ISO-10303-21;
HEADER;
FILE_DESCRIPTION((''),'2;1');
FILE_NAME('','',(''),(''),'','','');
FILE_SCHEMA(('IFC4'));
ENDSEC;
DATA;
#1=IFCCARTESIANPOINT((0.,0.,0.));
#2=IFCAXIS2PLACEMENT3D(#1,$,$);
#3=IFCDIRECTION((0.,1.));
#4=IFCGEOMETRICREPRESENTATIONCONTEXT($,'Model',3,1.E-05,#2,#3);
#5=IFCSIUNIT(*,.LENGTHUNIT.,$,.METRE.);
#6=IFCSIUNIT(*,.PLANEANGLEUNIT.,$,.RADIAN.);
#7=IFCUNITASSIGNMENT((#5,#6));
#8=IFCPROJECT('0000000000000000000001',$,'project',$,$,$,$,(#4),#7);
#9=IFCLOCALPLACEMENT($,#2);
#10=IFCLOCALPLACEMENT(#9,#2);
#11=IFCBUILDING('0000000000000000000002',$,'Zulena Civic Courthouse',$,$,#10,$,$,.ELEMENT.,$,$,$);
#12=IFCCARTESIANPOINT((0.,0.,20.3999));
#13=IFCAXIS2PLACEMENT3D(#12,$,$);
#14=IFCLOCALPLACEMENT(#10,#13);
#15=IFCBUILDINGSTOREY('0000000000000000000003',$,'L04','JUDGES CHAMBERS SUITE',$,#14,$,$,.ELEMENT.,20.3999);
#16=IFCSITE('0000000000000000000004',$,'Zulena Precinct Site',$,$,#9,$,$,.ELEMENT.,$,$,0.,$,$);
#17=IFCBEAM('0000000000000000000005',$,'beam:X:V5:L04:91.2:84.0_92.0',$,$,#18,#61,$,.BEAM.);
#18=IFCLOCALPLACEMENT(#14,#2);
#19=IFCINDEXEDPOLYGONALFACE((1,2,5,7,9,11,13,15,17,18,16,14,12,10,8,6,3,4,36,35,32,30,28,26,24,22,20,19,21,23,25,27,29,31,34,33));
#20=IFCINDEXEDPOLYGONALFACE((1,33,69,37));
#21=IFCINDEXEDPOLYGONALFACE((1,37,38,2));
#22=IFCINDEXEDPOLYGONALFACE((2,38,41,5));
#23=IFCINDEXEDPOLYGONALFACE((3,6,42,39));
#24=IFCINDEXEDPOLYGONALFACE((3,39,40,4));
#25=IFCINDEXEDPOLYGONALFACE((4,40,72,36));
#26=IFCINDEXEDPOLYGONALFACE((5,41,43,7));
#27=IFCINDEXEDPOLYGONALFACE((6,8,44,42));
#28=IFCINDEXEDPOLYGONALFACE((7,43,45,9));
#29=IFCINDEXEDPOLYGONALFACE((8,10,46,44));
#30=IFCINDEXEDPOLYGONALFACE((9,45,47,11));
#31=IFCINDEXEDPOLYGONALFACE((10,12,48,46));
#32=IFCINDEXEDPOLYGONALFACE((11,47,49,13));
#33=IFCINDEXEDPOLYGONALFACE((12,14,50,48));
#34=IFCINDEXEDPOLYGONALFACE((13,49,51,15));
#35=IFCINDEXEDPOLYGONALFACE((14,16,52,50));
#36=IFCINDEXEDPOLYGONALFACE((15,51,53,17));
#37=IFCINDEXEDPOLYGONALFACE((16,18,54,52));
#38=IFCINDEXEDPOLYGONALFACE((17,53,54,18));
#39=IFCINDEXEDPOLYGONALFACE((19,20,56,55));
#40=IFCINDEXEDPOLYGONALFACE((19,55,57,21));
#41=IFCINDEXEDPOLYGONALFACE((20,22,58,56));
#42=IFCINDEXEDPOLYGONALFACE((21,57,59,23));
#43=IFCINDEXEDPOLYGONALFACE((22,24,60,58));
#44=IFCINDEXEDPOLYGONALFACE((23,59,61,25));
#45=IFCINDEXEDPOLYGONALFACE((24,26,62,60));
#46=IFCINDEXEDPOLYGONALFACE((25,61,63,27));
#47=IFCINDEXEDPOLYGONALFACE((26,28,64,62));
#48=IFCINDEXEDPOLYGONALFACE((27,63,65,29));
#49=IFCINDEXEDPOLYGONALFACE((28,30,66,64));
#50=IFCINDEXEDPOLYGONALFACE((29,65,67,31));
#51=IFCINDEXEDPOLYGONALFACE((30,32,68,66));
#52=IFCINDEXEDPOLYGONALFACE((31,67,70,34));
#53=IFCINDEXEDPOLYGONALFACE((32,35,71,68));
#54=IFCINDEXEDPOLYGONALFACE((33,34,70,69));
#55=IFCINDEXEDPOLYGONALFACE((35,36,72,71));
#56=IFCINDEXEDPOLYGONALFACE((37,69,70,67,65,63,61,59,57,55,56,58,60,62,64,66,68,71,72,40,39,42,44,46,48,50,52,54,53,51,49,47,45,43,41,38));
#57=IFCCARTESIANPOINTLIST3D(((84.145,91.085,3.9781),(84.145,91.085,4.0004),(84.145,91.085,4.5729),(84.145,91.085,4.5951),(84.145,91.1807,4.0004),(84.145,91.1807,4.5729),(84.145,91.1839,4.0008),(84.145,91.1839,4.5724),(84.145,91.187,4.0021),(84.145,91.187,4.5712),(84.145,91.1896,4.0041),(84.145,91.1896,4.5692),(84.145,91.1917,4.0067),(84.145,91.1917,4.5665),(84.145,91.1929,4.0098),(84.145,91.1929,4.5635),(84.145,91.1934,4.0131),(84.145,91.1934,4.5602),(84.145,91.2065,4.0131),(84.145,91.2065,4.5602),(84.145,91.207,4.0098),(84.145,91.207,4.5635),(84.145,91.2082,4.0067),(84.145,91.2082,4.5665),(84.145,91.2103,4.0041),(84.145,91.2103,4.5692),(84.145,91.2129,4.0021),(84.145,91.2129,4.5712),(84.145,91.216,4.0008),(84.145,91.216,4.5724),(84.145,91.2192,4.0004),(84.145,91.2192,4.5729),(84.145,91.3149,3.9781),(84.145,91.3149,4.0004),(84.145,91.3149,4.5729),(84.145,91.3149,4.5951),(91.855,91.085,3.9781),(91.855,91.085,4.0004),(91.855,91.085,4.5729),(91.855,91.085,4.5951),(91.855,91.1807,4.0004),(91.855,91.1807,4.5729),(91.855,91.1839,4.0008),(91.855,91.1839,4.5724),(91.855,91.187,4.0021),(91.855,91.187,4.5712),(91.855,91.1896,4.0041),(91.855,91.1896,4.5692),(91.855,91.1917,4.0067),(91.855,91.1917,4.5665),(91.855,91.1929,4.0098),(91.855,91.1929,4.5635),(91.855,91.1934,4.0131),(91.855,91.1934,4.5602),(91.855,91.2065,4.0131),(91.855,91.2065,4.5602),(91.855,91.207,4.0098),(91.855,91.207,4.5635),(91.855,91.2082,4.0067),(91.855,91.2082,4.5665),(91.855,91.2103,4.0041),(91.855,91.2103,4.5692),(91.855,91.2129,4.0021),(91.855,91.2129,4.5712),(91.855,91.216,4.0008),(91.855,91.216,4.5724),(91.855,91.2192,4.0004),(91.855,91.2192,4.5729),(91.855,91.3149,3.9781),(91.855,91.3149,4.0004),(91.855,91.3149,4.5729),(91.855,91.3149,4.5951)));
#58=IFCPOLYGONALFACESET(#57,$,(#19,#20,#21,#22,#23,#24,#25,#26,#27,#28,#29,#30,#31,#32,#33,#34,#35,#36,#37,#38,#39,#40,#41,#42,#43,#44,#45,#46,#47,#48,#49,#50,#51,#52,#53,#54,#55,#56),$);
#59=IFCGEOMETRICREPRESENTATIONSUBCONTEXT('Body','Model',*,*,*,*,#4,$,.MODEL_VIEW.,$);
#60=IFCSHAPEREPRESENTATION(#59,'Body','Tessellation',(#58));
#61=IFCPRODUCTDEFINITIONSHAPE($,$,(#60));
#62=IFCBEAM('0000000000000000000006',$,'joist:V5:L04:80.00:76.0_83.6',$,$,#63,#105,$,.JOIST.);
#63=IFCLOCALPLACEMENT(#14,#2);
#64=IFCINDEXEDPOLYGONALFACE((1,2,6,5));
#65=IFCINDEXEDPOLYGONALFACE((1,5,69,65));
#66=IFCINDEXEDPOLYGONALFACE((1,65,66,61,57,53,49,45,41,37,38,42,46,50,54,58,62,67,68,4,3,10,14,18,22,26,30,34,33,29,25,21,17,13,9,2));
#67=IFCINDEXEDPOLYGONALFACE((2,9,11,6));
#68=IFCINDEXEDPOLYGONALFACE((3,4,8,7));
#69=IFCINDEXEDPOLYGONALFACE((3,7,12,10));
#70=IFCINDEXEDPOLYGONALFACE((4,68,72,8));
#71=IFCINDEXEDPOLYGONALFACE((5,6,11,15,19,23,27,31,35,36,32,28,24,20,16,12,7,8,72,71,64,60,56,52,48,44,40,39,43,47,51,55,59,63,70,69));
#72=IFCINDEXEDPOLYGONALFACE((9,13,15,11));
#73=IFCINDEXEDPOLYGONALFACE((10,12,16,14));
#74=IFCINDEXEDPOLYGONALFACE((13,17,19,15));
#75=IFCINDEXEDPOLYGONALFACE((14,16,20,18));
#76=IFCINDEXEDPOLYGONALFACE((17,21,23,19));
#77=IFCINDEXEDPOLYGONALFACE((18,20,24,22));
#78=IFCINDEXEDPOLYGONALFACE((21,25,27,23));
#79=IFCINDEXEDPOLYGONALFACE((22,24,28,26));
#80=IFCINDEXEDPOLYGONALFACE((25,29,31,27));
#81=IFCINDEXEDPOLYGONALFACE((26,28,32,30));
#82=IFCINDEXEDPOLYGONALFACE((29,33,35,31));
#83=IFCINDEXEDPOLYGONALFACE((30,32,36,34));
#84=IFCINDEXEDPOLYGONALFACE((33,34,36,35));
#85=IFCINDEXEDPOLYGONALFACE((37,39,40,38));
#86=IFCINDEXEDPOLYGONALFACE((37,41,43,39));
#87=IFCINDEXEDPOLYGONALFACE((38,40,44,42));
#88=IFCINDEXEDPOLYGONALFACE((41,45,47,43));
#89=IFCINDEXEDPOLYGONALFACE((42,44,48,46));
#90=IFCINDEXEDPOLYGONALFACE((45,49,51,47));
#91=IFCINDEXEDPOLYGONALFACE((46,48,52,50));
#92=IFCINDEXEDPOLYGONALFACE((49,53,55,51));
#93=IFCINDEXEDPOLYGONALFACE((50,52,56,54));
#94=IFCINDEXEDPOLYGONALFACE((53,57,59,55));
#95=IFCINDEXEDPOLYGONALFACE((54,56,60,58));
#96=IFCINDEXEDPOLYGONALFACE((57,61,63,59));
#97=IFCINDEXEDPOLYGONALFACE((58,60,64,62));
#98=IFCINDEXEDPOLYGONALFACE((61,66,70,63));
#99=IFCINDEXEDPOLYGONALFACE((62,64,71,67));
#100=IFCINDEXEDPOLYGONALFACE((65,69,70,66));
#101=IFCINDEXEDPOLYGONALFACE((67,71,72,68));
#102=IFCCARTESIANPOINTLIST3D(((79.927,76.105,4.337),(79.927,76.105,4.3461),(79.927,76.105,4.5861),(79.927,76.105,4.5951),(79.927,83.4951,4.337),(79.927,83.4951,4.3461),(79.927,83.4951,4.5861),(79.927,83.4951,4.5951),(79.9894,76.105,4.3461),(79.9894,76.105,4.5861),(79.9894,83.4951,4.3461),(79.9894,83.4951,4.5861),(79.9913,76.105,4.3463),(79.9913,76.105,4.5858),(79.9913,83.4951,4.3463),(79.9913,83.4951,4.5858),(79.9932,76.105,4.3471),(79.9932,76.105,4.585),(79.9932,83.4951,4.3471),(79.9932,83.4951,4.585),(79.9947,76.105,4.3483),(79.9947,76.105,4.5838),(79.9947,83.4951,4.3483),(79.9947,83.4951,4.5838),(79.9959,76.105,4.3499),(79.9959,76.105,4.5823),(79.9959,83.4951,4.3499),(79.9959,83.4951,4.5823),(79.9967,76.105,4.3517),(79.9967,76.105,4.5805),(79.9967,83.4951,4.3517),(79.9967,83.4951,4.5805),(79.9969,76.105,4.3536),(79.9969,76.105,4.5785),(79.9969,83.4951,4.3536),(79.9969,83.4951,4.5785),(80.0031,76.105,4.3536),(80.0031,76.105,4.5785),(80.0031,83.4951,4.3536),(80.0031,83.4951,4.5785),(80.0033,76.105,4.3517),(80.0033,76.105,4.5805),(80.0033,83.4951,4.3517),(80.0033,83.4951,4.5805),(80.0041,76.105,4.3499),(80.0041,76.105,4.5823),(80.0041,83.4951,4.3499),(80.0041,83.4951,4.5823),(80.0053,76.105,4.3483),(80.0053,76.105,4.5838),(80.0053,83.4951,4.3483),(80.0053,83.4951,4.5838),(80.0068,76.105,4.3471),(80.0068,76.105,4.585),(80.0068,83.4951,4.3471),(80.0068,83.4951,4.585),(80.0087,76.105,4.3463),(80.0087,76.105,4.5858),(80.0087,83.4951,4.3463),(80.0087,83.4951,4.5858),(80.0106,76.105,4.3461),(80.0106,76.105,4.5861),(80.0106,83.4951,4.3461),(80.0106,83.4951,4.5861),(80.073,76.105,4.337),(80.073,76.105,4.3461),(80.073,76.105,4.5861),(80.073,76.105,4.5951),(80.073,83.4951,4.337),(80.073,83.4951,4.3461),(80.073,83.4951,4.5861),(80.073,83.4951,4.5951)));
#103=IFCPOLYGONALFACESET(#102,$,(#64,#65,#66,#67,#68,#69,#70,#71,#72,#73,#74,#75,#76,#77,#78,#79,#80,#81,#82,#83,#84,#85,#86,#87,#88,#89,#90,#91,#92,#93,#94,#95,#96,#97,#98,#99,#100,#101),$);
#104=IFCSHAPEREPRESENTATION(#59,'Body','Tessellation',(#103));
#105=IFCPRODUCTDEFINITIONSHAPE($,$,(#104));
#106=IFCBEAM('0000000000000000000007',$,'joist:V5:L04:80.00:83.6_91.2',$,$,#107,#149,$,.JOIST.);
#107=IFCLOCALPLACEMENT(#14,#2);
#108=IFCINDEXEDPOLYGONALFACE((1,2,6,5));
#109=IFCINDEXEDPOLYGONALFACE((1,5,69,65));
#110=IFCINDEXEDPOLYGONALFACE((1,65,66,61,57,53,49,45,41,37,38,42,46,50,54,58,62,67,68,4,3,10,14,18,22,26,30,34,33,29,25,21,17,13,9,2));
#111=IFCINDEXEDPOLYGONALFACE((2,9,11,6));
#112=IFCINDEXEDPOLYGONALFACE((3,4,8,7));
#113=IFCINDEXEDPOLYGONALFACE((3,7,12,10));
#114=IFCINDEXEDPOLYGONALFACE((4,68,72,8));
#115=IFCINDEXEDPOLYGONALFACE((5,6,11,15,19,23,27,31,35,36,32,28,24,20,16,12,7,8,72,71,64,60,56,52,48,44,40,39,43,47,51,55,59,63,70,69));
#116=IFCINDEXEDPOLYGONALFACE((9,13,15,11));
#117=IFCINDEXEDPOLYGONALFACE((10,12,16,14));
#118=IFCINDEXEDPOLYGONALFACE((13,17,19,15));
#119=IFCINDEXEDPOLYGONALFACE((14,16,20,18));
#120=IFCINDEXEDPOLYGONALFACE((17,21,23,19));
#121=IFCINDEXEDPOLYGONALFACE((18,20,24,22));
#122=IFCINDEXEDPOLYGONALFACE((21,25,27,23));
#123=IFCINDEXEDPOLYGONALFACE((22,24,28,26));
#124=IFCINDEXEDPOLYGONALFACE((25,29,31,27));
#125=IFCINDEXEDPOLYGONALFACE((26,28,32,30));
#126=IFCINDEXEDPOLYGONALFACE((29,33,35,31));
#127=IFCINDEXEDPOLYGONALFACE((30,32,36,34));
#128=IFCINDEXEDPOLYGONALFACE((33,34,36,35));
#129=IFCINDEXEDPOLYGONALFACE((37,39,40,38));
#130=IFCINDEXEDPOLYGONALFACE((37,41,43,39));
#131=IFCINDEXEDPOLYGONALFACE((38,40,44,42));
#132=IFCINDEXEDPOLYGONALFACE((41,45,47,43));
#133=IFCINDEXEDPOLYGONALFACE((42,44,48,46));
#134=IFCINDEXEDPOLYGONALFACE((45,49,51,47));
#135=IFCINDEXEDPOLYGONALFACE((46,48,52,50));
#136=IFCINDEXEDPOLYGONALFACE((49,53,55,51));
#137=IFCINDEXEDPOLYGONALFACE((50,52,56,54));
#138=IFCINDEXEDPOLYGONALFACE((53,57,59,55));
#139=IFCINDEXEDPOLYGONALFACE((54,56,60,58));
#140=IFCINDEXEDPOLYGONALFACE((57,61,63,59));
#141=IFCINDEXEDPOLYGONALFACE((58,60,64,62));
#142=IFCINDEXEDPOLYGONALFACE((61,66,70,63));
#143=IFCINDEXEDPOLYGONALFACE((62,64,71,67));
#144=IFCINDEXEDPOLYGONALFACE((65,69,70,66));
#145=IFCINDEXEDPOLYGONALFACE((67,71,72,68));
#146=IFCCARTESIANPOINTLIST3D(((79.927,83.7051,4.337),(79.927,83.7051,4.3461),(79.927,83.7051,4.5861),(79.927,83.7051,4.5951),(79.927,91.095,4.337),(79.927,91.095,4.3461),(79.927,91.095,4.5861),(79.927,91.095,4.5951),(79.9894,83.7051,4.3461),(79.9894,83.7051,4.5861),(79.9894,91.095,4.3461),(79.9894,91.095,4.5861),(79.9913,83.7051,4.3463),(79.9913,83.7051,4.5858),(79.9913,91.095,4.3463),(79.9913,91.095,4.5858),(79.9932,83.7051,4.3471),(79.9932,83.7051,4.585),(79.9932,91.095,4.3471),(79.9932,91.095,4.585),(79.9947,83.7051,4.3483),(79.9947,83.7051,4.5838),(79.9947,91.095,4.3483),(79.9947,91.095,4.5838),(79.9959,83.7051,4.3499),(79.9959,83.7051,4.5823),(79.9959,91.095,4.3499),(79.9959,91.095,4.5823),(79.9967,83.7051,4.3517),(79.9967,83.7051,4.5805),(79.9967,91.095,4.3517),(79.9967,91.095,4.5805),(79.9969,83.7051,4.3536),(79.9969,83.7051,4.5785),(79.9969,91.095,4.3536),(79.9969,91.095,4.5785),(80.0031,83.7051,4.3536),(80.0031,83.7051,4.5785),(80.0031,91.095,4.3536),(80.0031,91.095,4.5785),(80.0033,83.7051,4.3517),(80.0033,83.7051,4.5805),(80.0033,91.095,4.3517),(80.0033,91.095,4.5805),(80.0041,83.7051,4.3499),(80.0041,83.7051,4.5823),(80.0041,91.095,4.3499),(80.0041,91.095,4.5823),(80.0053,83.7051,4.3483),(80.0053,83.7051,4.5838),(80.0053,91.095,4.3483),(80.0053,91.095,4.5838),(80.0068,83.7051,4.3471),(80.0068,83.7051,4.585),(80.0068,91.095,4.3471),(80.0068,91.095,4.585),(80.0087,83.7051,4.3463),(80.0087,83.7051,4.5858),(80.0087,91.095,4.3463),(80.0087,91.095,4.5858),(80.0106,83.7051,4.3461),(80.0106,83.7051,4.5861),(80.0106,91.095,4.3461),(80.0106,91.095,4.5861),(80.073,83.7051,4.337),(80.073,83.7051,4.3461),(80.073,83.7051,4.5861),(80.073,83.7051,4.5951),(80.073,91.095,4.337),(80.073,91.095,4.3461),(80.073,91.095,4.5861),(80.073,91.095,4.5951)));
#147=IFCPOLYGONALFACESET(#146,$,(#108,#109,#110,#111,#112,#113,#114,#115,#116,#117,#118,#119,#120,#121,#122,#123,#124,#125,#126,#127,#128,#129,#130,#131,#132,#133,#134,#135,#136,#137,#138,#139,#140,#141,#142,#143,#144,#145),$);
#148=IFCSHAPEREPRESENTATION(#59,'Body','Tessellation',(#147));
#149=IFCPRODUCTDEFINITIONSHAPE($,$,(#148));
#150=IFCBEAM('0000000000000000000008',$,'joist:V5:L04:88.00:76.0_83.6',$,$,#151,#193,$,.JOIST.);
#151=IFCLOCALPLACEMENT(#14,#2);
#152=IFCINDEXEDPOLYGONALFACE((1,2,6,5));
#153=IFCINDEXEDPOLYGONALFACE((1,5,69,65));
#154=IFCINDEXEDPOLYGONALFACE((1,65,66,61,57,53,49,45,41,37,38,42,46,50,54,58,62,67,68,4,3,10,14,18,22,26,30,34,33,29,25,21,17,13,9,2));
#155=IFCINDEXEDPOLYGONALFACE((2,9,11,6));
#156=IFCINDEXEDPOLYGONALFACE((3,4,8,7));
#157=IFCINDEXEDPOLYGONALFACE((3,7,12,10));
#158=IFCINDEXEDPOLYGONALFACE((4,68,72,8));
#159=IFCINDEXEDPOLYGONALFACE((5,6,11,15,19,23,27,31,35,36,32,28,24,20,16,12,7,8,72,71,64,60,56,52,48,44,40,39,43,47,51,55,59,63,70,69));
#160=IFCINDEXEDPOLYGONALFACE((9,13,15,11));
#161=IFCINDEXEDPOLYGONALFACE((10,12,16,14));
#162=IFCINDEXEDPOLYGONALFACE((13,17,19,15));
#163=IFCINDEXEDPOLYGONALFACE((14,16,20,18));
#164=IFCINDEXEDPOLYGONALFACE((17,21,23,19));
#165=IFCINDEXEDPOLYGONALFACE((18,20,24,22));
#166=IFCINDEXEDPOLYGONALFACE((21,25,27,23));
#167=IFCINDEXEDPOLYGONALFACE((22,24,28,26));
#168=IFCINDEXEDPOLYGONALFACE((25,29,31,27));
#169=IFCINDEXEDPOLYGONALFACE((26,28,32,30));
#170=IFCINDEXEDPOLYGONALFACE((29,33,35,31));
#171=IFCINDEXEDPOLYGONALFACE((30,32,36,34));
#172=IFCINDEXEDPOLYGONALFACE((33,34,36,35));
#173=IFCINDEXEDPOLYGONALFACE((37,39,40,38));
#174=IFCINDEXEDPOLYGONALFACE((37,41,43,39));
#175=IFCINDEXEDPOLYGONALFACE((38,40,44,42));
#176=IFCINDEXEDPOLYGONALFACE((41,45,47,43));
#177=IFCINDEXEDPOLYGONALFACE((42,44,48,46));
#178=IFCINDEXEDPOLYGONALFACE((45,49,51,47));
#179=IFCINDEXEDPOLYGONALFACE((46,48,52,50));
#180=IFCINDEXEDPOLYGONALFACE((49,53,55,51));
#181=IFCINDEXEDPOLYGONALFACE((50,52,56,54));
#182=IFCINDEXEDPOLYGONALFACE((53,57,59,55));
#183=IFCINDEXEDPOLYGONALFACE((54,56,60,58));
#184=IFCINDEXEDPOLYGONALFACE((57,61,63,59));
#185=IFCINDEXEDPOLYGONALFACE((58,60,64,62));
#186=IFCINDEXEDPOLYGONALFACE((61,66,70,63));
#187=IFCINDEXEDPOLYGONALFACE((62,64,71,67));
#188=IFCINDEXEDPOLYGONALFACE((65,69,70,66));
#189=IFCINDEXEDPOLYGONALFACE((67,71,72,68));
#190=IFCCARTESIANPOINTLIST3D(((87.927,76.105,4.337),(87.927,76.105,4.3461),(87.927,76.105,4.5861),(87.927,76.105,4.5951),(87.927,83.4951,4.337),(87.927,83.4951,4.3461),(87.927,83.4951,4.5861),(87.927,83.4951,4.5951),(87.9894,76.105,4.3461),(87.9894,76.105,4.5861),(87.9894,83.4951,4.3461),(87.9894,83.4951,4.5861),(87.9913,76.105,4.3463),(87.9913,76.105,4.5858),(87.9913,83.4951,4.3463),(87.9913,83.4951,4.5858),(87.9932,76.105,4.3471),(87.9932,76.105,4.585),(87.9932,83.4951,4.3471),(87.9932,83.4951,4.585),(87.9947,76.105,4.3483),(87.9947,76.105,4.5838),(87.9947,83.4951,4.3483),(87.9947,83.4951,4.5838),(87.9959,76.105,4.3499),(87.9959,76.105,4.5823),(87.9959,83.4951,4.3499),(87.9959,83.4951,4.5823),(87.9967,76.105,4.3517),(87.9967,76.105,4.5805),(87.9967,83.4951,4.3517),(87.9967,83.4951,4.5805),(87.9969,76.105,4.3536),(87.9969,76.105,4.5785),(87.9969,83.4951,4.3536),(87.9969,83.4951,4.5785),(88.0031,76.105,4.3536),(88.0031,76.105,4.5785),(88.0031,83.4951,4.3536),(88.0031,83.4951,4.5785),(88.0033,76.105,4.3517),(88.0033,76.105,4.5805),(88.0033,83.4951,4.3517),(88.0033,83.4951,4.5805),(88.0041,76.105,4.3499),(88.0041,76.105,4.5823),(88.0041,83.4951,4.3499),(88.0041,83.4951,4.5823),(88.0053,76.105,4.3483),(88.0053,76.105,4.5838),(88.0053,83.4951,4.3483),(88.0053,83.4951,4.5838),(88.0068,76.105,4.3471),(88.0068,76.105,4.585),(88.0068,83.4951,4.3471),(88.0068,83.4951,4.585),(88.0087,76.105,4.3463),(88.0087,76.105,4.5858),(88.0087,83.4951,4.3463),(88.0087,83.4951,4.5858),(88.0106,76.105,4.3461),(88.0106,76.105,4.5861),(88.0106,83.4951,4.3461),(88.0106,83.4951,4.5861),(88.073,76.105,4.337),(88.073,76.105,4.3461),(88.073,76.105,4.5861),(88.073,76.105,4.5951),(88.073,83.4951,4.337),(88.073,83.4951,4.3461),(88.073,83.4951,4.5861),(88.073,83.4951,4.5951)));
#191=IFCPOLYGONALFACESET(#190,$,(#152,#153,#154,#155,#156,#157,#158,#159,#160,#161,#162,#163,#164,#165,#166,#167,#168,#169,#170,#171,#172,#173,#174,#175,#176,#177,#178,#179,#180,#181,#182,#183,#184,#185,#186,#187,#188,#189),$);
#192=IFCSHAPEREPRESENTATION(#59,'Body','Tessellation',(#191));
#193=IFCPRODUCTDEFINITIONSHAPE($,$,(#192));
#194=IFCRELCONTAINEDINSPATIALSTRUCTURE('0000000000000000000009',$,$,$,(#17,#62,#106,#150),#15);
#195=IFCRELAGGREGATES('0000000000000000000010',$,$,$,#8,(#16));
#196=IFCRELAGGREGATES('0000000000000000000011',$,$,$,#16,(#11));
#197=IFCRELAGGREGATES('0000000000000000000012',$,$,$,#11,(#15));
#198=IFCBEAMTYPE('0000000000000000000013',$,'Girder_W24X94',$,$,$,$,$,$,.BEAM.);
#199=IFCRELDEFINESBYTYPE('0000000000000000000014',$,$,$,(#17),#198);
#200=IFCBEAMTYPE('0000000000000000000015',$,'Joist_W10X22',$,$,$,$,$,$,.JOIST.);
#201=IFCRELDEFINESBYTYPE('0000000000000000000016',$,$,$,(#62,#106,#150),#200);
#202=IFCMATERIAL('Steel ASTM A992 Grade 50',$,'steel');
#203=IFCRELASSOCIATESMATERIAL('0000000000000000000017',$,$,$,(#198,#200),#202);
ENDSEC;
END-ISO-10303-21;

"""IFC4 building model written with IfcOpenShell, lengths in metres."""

from ifc_helpers import new_model, si_unit, direction, frame, origin, origin_2d, place, context, subcontext, project, spatial, i_section, extrude, material, material_profile, profile_set, type_object, element, save


model = new_model("IFC4")

# Units and contexts
model_context = context("Model", 3, precision=1e-05, world=origin(), true_north=direction((0.0, 1.0)))
body_context = subcontext(model_context, "Body", "Model", "MODEL_VIEW")
ifc_project = project(units=[si_unit("LENGTHUNIT", "METRE"), si_unit("PLANEANGLEUNIT", "RADIAN")], contexts=[model_context])

# Site, building, storey
site_placement = place(None, origin())
site = spatial("IfcSite", under=ifc_project, at=site_placement, Name="Zulena Precinct Site", CompositionType="ELEMENT", RefElevation=0.0)
building_placement = place(site_placement, origin())
building = spatial("IfcBuilding", under=site, at=building_placement, Name="Zulena Civic Courthouse", CompositionType="ELEMENT")
storey_placement = place(building_placement, frame((0.0, 0.0, 20.3999)))
storey = spatial("IfcBuildingStorey", under=building, at=storey_placement, Name="L04", Description="JUDGES CHAMBERS SUITE", CompositionType="ELEMENT", Elevation=20.3999)

# Shared definitions
ifc_material_1 = material(Name="Steel ASTM A992 Grade 50", Category="steel")

# Beams
ifc_material_profile_1 = material_profile(ifc_material_1, i_section(OverallWidth=0.23, OverallDepth=0.6169, WebThickness=0.0132, FlangeThickness=0.0222, FilletRadius=0.0127, at=origin_2d()), Name="W24X94")
ifc_profile_set_1 = profile_set([ifc_material_profile_1], Name="Steel ASTM A992 Grade 50")
beam_type_1 = type_object("IfcBeamType", Name="Girder_W24X94", PredefinedType="BEAM", material=ifc_profile_set_1)
for number, where, z_axis, x_axis, name in (
    (1, (84.145, 91.2, 4.2866), (1.0, 0.0, 0.0), (0.0, 1.0, 0.0), "beam:X:V5:L04:91.2:84.0_92.0"),
):
    element("IfcBeam", number, at=place(storey_placement, frame(where, z_axis=z_axis, x_axis=x_axis)), inside=storey, type_object=beam_type_1, Name=name, PredefinedType="BEAM", context=body_context, shape_type="SweptSolid", body=[
        extrude(i_section(OverallWidth=0.23, OverallDepth=0.6169, WebThickness=0.0132, FlangeThickness=0.0222, FilletRadius=0.0127, at=origin_2d()), origin(), (0.0, 0.0, 1.0), 7.71),
    ])
ifc_material_profile_2 = material_profile(ifc_material_1, i_section(OverallWidth=0.146, OverallDepth=0.2581, WebThickness=0.0061, FlangeThickness=0.009, FilletRadius=0.0076, at=origin_2d()), Name="W10X22")
ifc_profile_set_2 = profile_set([ifc_material_profile_2], Name="Steel ASTM A992 Grade 50")
beam_type_2 = type_object("IfcBeamType", Name="Joist_W10X22", PredefinedType="JOIST", material=ifc_profile_set_2)
beam_1_placement = place(storey_placement, frame((80.0, 76.105, 4.4661), z_axis=(0.0, 1.0, 0.0), x_axis=(-1.0, 0.0, 0.0)))
element("IfcBeam", 2, at=beam_1_placement, inside=storey, type_object=beam_type_2, Name="joist:V5:L04:80.00:76.0_83.6", PredefinedType="JOIST", context=body_context, shape_type="SweptSolid", body=[
    extrude(i_section(OverallWidth=0.146, OverallDepth=0.2581, WebThickness=0.0061, FlangeThickness=0.009, FilletRadius=0.0076, at=origin_2d()), origin(), (0.0, 0.0, 1.0), 7.3901),
])
beam_2_placement = place(storey_placement, frame((80.0, 83.7051, 4.4661), z_axis=(0.0, 1.0, 0.0), x_axis=(-1.0, 0.0, 0.0)))
element("IfcBeam", 3, at=beam_2_placement, inside=storey, type_object=beam_type_2, Name="joist:V5:L04:80.00:83.6_91.2", PredefinedType="JOIST", context=body_context, shape_type="SweptSolid", body=[
    extrude(i_section(OverallWidth=0.146, OverallDepth=0.2581, WebThickness=0.0061, FlangeThickness=0.009, FilletRadius=0.0076, at=origin_2d()), origin(), (0.0, 0.0, 1.0), 7.3899),
])
beam_3_placement = place(storey_placement, frame((88.0, 76.105, 4.4661), z_axis=(0.0, 1.0, 0.0), x_axis=(-1.0, 0.0, 0.0)))
element("IfcBeam", 4, at=beam_3_placement, inside=storey, type_object=beam_type_2, Name="joist:V5:L04:88.00:76.0_83.6", PredefinedType="JOIST", context=body_context, shape_type="SweptSolid", body=[
    extrude(i_section(OverallWidth=0.146, OverallDepth=0.2581, WebThickness=0.0061, FlangeThickness=0.009, FilletRadius=0.0076, at=origin_2d()), origin(), (0.0, 0.0, 1.0), 7.3901),
])

save(model, "model.ifc")
